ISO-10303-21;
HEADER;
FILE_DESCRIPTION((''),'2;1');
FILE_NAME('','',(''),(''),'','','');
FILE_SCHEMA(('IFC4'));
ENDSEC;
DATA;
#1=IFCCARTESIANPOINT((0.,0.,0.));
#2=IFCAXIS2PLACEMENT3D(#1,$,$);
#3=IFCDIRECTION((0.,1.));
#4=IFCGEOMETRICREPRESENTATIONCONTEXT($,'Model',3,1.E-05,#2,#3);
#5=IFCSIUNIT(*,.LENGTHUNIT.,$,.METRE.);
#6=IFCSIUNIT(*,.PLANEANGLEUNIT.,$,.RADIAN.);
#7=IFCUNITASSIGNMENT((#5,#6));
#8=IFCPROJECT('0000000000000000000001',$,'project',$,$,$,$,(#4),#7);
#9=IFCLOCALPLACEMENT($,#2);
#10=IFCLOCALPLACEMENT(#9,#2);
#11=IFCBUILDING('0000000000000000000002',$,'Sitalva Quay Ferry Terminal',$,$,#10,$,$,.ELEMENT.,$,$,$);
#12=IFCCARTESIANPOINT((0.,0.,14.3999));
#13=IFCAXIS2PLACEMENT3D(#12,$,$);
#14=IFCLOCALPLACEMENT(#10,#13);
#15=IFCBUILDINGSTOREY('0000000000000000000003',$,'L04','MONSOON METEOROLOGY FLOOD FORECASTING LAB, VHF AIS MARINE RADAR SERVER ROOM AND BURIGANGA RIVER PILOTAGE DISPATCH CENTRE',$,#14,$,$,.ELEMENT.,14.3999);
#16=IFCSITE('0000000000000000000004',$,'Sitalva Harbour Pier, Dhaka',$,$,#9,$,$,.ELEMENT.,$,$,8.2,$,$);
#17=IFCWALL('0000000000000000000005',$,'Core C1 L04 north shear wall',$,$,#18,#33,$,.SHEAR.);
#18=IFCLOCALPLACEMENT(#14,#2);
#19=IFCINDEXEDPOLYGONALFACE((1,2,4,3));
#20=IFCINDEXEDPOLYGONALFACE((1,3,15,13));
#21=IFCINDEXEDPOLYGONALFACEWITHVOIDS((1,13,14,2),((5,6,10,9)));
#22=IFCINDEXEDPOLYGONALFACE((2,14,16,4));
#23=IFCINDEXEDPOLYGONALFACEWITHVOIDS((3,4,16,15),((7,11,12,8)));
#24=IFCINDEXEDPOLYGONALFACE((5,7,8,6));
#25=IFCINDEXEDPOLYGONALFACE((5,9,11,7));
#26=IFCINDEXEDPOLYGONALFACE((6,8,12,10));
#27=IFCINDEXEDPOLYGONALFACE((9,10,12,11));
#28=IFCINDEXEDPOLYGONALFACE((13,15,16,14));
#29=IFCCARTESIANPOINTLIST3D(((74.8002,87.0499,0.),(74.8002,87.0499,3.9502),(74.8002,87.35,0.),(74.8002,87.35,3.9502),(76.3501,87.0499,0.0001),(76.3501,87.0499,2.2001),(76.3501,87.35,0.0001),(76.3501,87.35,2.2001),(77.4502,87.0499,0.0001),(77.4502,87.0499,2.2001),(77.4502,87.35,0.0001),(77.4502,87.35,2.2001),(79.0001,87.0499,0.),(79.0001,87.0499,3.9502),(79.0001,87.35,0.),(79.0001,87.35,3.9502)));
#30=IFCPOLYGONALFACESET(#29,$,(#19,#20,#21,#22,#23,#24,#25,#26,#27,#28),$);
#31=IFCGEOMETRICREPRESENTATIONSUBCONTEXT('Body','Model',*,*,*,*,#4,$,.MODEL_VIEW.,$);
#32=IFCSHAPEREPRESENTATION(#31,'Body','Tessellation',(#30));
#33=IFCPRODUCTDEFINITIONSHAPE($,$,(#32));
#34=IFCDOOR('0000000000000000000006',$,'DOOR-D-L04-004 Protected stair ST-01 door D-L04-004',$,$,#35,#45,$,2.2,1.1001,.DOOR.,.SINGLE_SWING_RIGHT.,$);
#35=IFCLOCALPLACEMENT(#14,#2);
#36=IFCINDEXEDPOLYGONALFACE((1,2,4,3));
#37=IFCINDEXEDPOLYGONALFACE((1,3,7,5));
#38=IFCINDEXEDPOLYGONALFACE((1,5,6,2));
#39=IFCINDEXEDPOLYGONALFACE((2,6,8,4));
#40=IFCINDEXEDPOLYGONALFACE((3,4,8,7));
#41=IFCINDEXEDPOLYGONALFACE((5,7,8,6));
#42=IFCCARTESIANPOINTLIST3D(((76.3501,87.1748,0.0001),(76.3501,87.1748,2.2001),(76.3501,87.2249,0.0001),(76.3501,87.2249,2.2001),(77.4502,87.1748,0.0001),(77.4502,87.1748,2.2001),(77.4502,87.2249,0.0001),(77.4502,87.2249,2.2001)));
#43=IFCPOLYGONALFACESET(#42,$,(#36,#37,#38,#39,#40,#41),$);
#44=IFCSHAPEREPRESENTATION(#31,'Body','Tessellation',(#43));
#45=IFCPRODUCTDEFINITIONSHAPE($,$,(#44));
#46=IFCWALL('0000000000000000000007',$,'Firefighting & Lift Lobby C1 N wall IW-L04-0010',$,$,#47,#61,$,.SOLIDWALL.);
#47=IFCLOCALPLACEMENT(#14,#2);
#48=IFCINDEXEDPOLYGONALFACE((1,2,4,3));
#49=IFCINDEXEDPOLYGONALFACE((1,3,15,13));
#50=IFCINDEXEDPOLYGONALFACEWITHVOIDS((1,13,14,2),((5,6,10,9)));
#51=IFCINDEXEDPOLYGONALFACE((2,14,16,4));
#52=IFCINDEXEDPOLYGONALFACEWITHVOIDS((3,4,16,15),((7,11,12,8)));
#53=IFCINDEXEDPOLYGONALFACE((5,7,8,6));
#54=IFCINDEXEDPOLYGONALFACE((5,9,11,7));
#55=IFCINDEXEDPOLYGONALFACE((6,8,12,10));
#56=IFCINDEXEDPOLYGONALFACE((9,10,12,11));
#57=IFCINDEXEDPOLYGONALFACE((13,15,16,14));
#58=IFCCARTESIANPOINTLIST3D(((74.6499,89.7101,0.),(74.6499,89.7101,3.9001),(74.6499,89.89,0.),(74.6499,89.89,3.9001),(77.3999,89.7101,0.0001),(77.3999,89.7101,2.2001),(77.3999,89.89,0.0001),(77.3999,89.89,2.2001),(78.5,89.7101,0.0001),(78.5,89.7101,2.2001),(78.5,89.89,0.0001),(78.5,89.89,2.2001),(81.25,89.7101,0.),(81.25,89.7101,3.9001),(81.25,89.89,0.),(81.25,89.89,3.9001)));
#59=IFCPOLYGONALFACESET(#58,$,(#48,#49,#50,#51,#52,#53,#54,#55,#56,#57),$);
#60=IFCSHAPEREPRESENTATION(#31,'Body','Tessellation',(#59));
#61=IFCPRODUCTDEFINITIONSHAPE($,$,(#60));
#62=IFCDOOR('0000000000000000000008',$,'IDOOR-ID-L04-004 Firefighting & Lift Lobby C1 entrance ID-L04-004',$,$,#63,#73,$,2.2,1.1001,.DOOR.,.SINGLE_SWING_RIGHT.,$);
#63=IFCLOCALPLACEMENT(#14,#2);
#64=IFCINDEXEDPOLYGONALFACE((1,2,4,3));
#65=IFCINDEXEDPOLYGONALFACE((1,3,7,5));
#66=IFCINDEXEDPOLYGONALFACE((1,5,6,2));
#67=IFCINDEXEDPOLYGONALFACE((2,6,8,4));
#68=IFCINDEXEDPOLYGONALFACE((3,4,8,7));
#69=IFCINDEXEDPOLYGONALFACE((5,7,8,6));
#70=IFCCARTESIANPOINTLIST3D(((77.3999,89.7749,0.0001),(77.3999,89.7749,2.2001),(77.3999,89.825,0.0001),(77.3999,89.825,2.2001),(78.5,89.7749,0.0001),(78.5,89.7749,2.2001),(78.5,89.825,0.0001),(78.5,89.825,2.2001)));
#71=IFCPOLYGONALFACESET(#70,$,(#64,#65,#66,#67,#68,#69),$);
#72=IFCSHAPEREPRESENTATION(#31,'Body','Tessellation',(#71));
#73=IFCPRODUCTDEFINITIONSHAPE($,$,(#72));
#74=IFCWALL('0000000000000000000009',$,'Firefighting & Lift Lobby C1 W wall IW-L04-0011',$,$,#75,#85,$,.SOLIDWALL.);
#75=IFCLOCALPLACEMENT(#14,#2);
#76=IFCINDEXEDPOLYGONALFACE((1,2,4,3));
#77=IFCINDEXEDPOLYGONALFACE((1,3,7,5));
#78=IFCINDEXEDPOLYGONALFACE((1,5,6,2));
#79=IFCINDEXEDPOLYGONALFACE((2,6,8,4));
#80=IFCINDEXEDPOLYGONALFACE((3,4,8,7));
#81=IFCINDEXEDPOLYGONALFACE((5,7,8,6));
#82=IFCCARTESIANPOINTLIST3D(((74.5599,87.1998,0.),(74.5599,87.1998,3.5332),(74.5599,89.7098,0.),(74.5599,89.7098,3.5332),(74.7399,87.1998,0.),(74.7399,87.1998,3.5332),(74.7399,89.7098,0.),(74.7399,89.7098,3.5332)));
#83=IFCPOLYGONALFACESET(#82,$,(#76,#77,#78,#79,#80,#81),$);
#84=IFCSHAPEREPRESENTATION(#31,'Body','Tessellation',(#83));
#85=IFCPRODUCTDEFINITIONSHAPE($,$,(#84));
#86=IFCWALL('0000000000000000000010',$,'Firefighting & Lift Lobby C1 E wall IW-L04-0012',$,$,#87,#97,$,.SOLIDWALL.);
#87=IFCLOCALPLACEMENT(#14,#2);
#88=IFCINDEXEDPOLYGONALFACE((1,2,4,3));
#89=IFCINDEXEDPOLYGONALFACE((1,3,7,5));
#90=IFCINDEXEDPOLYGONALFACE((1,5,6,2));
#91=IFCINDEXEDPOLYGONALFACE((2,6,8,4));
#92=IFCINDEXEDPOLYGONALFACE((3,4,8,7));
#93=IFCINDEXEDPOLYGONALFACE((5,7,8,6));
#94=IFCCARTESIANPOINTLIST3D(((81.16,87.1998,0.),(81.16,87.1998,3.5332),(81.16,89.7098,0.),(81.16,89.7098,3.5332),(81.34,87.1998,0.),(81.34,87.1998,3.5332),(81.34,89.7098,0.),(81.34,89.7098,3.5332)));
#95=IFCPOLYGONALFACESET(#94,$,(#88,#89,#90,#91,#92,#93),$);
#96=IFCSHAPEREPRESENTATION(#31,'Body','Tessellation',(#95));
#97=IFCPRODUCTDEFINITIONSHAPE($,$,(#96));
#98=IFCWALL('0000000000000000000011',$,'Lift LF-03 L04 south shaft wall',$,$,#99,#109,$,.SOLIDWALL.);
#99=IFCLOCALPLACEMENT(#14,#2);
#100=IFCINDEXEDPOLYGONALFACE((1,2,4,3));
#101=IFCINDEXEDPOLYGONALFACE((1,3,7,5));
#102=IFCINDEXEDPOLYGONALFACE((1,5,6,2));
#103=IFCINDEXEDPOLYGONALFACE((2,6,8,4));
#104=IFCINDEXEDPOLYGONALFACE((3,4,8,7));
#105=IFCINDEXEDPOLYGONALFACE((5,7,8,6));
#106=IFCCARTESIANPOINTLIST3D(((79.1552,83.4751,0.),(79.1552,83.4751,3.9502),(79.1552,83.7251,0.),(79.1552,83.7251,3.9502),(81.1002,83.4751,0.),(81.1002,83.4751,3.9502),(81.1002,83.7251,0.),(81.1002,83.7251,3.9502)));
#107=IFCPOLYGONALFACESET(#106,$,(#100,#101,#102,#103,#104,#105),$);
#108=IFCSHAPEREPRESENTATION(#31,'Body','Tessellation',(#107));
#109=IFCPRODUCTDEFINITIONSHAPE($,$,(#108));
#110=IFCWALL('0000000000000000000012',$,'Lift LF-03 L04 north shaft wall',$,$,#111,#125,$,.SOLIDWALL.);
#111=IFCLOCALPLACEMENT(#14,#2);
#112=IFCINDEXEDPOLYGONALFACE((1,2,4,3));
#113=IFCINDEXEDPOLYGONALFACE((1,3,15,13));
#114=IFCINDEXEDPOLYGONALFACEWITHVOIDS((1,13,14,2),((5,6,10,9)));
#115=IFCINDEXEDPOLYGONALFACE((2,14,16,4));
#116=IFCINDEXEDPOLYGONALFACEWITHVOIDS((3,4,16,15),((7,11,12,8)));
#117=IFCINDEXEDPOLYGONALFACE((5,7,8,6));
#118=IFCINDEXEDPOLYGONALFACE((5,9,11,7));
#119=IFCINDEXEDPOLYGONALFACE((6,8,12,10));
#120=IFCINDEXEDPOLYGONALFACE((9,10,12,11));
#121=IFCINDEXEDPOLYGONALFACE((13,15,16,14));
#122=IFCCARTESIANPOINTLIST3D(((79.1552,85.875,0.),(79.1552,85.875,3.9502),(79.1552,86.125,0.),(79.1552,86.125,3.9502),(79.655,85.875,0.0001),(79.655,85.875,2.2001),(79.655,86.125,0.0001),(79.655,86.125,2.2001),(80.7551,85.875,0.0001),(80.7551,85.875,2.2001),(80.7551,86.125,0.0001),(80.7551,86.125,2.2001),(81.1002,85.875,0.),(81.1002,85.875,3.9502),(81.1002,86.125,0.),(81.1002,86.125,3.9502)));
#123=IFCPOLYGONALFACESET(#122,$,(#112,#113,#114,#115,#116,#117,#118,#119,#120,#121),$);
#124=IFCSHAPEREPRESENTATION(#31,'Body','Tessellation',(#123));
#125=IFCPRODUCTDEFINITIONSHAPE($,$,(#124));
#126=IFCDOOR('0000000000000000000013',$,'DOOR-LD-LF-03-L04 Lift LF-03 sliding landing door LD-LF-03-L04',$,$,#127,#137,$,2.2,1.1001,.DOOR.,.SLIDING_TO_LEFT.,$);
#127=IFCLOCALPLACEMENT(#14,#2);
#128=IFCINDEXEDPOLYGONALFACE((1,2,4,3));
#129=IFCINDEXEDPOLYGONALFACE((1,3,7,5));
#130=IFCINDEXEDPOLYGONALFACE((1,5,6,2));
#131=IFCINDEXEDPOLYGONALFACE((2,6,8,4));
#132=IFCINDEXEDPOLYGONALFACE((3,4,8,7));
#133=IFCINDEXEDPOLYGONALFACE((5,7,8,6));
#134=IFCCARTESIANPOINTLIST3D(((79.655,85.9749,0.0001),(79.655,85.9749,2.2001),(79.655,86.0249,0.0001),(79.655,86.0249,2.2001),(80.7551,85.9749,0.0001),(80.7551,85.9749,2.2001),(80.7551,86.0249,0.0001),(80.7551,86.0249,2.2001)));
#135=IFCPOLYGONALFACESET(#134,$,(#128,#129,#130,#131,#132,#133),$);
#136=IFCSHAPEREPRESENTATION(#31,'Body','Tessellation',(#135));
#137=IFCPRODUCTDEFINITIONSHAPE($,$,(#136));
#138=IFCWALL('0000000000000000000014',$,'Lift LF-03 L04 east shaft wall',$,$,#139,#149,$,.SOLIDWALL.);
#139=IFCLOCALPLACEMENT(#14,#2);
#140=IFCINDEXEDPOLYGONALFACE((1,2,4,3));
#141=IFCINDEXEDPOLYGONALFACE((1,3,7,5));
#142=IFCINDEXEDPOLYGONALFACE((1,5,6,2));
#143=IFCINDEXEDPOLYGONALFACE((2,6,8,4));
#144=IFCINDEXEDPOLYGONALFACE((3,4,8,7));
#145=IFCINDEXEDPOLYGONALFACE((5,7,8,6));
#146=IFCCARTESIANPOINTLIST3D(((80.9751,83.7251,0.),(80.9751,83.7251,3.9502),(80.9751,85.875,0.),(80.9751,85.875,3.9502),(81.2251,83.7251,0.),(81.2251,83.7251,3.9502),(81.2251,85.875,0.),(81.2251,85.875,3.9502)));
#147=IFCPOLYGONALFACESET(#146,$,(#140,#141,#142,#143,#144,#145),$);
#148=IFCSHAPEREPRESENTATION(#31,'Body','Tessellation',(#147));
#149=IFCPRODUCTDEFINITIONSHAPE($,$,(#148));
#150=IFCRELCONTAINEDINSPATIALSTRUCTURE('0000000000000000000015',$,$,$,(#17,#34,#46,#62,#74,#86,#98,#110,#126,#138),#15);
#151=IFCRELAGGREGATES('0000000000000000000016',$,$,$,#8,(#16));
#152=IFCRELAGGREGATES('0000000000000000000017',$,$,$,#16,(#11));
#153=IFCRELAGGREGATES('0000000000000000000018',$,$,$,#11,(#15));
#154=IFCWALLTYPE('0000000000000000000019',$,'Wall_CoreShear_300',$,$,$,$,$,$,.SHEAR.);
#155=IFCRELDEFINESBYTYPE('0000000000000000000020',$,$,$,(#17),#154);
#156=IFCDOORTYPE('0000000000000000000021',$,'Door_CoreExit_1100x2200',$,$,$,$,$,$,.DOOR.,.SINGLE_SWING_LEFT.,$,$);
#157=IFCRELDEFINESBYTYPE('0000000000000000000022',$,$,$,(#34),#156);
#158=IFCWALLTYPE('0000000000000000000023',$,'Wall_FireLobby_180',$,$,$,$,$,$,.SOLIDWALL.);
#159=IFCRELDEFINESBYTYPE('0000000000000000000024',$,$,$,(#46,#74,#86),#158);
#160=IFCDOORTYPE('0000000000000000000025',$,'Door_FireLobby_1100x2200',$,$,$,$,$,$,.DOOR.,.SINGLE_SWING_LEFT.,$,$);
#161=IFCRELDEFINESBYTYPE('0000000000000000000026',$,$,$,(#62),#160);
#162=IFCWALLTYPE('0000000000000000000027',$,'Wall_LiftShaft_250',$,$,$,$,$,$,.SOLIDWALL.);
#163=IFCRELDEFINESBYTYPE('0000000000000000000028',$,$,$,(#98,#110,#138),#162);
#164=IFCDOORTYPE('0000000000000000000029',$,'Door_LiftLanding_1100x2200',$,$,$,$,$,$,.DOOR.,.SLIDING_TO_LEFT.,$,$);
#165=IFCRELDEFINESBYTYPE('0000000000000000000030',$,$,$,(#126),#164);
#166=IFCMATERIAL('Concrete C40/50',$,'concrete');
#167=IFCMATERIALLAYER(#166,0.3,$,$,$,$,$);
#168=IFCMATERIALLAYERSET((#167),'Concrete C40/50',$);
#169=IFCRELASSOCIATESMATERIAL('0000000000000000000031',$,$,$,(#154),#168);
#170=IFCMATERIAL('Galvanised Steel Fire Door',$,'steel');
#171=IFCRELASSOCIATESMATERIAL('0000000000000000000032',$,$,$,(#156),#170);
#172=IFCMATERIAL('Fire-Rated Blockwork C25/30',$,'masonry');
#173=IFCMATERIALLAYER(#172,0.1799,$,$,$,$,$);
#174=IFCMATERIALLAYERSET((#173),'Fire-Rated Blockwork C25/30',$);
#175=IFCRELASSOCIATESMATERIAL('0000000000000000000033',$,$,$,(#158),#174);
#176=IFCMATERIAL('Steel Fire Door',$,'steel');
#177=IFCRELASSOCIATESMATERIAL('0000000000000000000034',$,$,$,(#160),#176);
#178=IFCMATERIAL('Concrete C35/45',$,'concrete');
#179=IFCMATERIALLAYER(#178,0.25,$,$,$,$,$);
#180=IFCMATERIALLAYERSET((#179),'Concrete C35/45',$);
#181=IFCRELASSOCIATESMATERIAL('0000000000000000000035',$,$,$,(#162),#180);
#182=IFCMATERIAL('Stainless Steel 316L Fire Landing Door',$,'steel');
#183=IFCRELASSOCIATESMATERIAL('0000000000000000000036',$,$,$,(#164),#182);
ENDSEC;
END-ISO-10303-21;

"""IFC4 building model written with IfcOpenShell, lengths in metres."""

from ifc_helpers import new_model, si_unit, direction, frame, frame_2d, origin, place, context, subcontext, project, spatial, rectangle, extrude, material, layer, layer_set, type_object, element, fill, save


model = new_model("IFC4")

# Units and contexts
model_context = context("Model", 3, precision=1e-05, world=origin(), true_north=direction((0.0, 1.0)))
body_context = subcontext(model_context, "Body", "Model", "MODEL_VIEW")
ifc_project = project(units=[si_unit("LENGTHUNIT", "METRE"), si_unit("PLANEANGLEUNIT", "RADIAN")], contexts=[model_context])

# Site, building, storey
site_placement = place(None, origin())
site = spatial("IfcSite", under=ifc_project, at=site_placement, Name="Sitalva Harbour Pier, Dhaka", CompositionType="ELEMENT", RefElevation=8.2)
building_placement = place(site_placement, origin())
building = spatial("IfcBuilding", under=site, at=building_placement, Name="Sitalva Quay Ferry Terminal", CompositionType="ELEMENT")
storey_placement = place(building_placement, frame((0.0, 0.0, 14.3999)))
storey = spatial("IfcBuildingStorey", under=building, at=storey_placement, Name="L04", Description="MONSOON METEOROLOGY FLOOD FORECASTING LAB, VHF AIS MARINE RADAR SERVER ROOM AND BURIGANGA RIVER PILOTAGE DISPATCH CENTRE", CompositionType="ELEMENT", Elevation=14.3999)

# Walls, openings, doors
ifc_material_1 = material(Name="Concrete C40/50", Category="concrete")
ifc_layer_1 = layer(ifc_material_1, 0.3)
ifc_layer_set_1 = layer_set([ifc_layer_1], Name="Concrete C40/50")
wall_type_1 = type_object("IfcWallType", Name="Wall_CoreShear_300", PredefinedType="SHEAR", material=ifc_layer_set_1)
wall_1_placement = place(storey_placement, frame((74.8, 87.2, 0.0), z_axis=(0.0, 0.0, 1.0), x_axis=(1.0, 0.0, 0.0)))
wall_1 = element("IfcWall", 1, at=wall_1_placement, inside=storey, type_object=wall_type_1, Name="Core C1 L04 north shear wall", PredefinedType="SHEAR", context=body_context, shape_type="SweptSolid", body=[
    extrude(rectangle(XDim=4.2, YDim=0.3, at=frame_2d((2.1001, 0.0))), origin(), (0.0, 0.0, 1.0), 3.9502),
])
opening_1_placement = place(wall_1_placement, frame((1.55, 0.0, 0.0)))
opening_1 = element("IfcOpeningElement", 2, at=opening_1_placement, cuts=wall_1, PredefinedType="OPENING", context=body_context, shape_type="SweptSolid", body=[
    extrude(rectangle(XDim=1.1001, YDim=2.2, at=frame_2d((0.55, 1.1001))), frame((0.0, 0.1599, 0.0), z_axis=(0.0, -1.0, 0.0), x_axis=(1.0, 0.0, 0.0)), (0.0, 0.0, 1.0), 0.3201),
])
ifc_material_2 = material(Name="Galvanised Steel Fire Door", Category="steel")
door_type_1 = type_object("IfcDoorType", Name="Door_CoreExit_1100x2200", OperationType="SINGLE_SWING_LEFT", PredefinedType="DOOR", material=ifc_material_2)
door_1_placement = place(opening_1_placement, origin())
door_1 = element("IfcDoor", 3, at=door_1_placement, inside=storey, type_object=door_type_1, Name="DOOR-D-L04-004 Protected stair ST-01 door D-L04-004", OperationType="SINGLE_SWING_RIGHT", OverallHeight=2.2, OverallWidth=1.1001, PredefinedType="DOOR", context=body_context, shape_type="SweptSolid", body=[
    extrude(rectangle(XDim=1.1001, YDim=2.2, at=frame_2d((0.55, 1.1001))), frame((0.0, 0.0249, 0.0), z_axis=(0.0, -1.0, 0.0), x_axis=(1.0, 0.0, 0.0)), (0.0, 0.0, 1.0), 0.05),
])
fill(opening_1, door_1)
ifc_material_3 = material(Name="Fire-Rated Blockwork C25/30", Category="masonry")
ifc_layer_2 = layer(ifc_material_3, 0.1799)
ifc_layer_set_2 = layer_set([ifc_layer_2], Name="Fire-Rated Blockwork C25/30")
wall_type_2 = type_object("IfcWallType", Name="Wall_FireLobby_180", PredefinedType="SOLIDWALL", material=ifc_layer_set_2)
wall_2_placement = place(storey_placement, frame((74.6499, 89.8, 0.0), z_axis=(0.0, 0.0, 1.0), x_axis=(1.0, 0.0, 0.0)))
wall_2 = element("IfcWall", 4, at=wall_2_placement, inside=storey, type_object=wall_type_2, Name="Firefighting & Lift Lobby C1 N wall IW-L04-0010", PredefinedType="SOLIDWALL", context=body_context, shape_type="SweptSolid", body=[
    extrude(rectangle(XDim=6.6001, YDim=0.1799, at=frame_2d((3.3, 0.0))), origin(), (0.0, 0.0, 1.0), 3.9001),
])
opening_2_placement = place(wall_2_placement, frame((2.75, 0.0, 0.0)))
opening_2 = element("IfcOpeningElement", 5, at=opening_2_placement, cuts=wall_2, PredefinedType="OPENING", context=body_context, shape_type="SweptSolid", body=[
    extrude(rectangle(XDim=1.1001, YDim=2.2, at=frame_2d((0.55, 1.1001))), frame((0.0, 0.0999, 0.0), z_axis=(0.0, -1.0, 0.0), x_axis=(1.0, 0.0, 0.0)), (0.0, 0.0, 1.0), 0.2),
])
ifc_material_4 = material(Name="Steel Fire Door", Category="steel")
door_type_2 = type_object("IfcDoorType", Name="Door_FireLobby_1100x2200", OperationType="SINGLE_SWING_LEFT", PredefinedType="DOOR", material=ifc_material_4)
door_2_placement = place(opening_2_placement, origin())
door_2 = element("IfcDoor", 6, at=door_2_placement, inside=storey, type_object=door_type_2, Name="IDOOR-ID-L04-004 Firefighting & Lift Lobby C1 entrance ID-L04-004", OperationType="SINGLE_SWING_RIGHT", OverallHeight=2.2, OverallWidth=1.1001, PredefinedType="DOOR", context=body_context, shape_type="SweptSolid", body=[
    extrude(rectangle(XDim=1.1001, YDim=2.2, at=frame_2d((0.55, 1.1001))), frame((0.0, 0.0249, 0.0), z_axis=(0.0, -1.0, 0.0), x_axis=(1.0, 0.0, 0.0)), (0.0, 0.0, 1.0), 0.05),
])
fill(opening_2, door_2)

# Walls
for number, where, z_axis, x_axis, name in (
    (7, (74.6499, 87.2, 0.0), (0.0, 0.0, 1.0), (0.0, 1.0, 0.0), "Firefighting & Lift Lobby C1 W wall IW-L04-0011"),
    (8, (81.25, 87.2, 0.0), (0.0, 0.0, 1.0), (0.0, 1.0, 0.0), "Firefighting & Lift Lobby C1 E wall IW-L04-0012"),
):
    element("IfcWall", number, at=place(storey_placement, frame(where, z_axis=z_axis, x_axis=x_axis)), inside=storey, type_object=wall_type_2, Name=name, PredefinedType="SOLIDWALL", context=body_context, shape_type="SweptSolid", body=[
        extrude(rectangle(XDim=2.51, YDim=0.1799, at=frame_2d((1.2549, 0.0))), origin(), (0.0, 0.0, 1.0), 3.5332),
    ])
ifc_material_5 = material(Name="Concrete C35/45", Category="concrete")
ifc_layer_3 = layer(ifc_material_5, 0.25)
ifc_layer_set_3 = layer_set([ifc_layer_3], Name="Concrete C35/45")
wall_type_3 = type_object("IfcWallType", Name="Wall_LiftShaft_250", PredefinedType="SOLIDWALL", material=ifc_layer_set_3)
wall_3_placement = place(storey_placement, frame((79.155, 83.6001, 0.0), z_axis=(0.0, 0.0, 1.0), x_axis=(1.0, 0.0, 0.0)))
element("IfcWall", 9, at=wall_3_placement, inside=storey, type_object=wall_type_3, Name="Lift LF-03 L04 south shaft wall", PredefinedType="SOLIDWALL", context=body_context, shape_type="SweptSolid", body=[
    extrude(rectangle(XDim=1.9451, YDim=0.25, at=frame_2d((0.9727, 0.0))), origin(), (0.0, 0.0, 1.0), 3.9502),
])

# Wall, opening, door
wall_4_placement = place(storey_placement, frame((79.155, 86.0, 0.0), z_axis=(0.0, 0.0, 1.0), x_axis=(1.0, 0.0, 0.0)))
wall_4 = element("IfcWall", 10, at=wall_4_placement, inside=storey, type_object=wall_type_3, Name="Lift LF-03 L04 north shaft wall", PredefinedType="SOLIDWALL", context=body_context, shape_type="SweptSolid", body=[
    extrude(rectangle(XDim=1.9451, YDim=0.25, at=frame_2d((0.9727, 0.0))), origin(), (0.0, 0.0, 1.0), 3.9502),
])
opening_3_placement = place(wall_4_placement, frame((0.5, 0.0, 0.0)))
opening_3 = element("IfcOpeningElement", 11, at=opening_3_placement, cuts=wall_4, PredefinedType="OPENING", context=body_context, shape_type="SweptSolid", body=[
    extrude(rectangle(XDim=1.1001, YDim=2.2, at=frame_2d((0.55, 1.1001))), frame((0.0, 0.135, 0.0), z_axis=(0.0, -1.0, 0.0), x_axis=(1.0, 0.0, 0.0)), (0.0, 0.0, 1.0), 0.27),
])
ifc_material_6 = material(Name="Stainless Steel 316L Fire Landing Door", Category="steel")
door_type_3 = type_object("IfcDoorType", Name="Door_LiftLanding_1100x2200", OperationType="SLIDING_TO_LEFT", PredefinedType="DOOR", material=ifc_material_6)
door_3_placement = place(opening_3_placement, origin())
door_3 = element("IfcDoor", 12, at=door_3_placement, inside=storey, type_object=door_type_3, Name="DOOR-LD-LF-03-L04 Lift LF-03 sliding landing door LD-LF-03-L04", OperationType="SLIDING_TO_LEFT", OverallHeight=2.2, OverallWidth=1.1001, PredefinedType="DOOR", context=body_context, shape_type="SweptSolid", body=[
    extrude(rectangle(XDim=1.1001, YDim=2.2, at=frame_2d((0.55, 1.1001))), frame((0.0, 0.0249, 0.0), z_axis=(0.0, -1.0, 0.0), x_axis=(1.0, 0.0, 0.0)), (0.0, 0.0, 1.0), 0.05),
])
fill(opening_3, door_3)

# Wall
wall_5_placement = place(storey_placement, frame((81.1001, 83.7251, 0.0), z_axis=(0.0, 0.0, 1.0), x_axis=(0.0, 1.0, 0.0)))
element("IfcWall", 13, at=wall_5_placement, inside=storey, type_object=wall_type_3, Name="Lift LF-03 L04 east shaft wall", PredefinedType="SOLIDWALL", context=body_context, shape_type="SweptSolid", body=[
    extrude(rectangle(XDim=2.1499, YDim=0.25, at=frame_2d((1.075, 0.0))), origin(), (0.0, 0.0, 1.0), 3.9502),
])

save(model, "model.ifc")
